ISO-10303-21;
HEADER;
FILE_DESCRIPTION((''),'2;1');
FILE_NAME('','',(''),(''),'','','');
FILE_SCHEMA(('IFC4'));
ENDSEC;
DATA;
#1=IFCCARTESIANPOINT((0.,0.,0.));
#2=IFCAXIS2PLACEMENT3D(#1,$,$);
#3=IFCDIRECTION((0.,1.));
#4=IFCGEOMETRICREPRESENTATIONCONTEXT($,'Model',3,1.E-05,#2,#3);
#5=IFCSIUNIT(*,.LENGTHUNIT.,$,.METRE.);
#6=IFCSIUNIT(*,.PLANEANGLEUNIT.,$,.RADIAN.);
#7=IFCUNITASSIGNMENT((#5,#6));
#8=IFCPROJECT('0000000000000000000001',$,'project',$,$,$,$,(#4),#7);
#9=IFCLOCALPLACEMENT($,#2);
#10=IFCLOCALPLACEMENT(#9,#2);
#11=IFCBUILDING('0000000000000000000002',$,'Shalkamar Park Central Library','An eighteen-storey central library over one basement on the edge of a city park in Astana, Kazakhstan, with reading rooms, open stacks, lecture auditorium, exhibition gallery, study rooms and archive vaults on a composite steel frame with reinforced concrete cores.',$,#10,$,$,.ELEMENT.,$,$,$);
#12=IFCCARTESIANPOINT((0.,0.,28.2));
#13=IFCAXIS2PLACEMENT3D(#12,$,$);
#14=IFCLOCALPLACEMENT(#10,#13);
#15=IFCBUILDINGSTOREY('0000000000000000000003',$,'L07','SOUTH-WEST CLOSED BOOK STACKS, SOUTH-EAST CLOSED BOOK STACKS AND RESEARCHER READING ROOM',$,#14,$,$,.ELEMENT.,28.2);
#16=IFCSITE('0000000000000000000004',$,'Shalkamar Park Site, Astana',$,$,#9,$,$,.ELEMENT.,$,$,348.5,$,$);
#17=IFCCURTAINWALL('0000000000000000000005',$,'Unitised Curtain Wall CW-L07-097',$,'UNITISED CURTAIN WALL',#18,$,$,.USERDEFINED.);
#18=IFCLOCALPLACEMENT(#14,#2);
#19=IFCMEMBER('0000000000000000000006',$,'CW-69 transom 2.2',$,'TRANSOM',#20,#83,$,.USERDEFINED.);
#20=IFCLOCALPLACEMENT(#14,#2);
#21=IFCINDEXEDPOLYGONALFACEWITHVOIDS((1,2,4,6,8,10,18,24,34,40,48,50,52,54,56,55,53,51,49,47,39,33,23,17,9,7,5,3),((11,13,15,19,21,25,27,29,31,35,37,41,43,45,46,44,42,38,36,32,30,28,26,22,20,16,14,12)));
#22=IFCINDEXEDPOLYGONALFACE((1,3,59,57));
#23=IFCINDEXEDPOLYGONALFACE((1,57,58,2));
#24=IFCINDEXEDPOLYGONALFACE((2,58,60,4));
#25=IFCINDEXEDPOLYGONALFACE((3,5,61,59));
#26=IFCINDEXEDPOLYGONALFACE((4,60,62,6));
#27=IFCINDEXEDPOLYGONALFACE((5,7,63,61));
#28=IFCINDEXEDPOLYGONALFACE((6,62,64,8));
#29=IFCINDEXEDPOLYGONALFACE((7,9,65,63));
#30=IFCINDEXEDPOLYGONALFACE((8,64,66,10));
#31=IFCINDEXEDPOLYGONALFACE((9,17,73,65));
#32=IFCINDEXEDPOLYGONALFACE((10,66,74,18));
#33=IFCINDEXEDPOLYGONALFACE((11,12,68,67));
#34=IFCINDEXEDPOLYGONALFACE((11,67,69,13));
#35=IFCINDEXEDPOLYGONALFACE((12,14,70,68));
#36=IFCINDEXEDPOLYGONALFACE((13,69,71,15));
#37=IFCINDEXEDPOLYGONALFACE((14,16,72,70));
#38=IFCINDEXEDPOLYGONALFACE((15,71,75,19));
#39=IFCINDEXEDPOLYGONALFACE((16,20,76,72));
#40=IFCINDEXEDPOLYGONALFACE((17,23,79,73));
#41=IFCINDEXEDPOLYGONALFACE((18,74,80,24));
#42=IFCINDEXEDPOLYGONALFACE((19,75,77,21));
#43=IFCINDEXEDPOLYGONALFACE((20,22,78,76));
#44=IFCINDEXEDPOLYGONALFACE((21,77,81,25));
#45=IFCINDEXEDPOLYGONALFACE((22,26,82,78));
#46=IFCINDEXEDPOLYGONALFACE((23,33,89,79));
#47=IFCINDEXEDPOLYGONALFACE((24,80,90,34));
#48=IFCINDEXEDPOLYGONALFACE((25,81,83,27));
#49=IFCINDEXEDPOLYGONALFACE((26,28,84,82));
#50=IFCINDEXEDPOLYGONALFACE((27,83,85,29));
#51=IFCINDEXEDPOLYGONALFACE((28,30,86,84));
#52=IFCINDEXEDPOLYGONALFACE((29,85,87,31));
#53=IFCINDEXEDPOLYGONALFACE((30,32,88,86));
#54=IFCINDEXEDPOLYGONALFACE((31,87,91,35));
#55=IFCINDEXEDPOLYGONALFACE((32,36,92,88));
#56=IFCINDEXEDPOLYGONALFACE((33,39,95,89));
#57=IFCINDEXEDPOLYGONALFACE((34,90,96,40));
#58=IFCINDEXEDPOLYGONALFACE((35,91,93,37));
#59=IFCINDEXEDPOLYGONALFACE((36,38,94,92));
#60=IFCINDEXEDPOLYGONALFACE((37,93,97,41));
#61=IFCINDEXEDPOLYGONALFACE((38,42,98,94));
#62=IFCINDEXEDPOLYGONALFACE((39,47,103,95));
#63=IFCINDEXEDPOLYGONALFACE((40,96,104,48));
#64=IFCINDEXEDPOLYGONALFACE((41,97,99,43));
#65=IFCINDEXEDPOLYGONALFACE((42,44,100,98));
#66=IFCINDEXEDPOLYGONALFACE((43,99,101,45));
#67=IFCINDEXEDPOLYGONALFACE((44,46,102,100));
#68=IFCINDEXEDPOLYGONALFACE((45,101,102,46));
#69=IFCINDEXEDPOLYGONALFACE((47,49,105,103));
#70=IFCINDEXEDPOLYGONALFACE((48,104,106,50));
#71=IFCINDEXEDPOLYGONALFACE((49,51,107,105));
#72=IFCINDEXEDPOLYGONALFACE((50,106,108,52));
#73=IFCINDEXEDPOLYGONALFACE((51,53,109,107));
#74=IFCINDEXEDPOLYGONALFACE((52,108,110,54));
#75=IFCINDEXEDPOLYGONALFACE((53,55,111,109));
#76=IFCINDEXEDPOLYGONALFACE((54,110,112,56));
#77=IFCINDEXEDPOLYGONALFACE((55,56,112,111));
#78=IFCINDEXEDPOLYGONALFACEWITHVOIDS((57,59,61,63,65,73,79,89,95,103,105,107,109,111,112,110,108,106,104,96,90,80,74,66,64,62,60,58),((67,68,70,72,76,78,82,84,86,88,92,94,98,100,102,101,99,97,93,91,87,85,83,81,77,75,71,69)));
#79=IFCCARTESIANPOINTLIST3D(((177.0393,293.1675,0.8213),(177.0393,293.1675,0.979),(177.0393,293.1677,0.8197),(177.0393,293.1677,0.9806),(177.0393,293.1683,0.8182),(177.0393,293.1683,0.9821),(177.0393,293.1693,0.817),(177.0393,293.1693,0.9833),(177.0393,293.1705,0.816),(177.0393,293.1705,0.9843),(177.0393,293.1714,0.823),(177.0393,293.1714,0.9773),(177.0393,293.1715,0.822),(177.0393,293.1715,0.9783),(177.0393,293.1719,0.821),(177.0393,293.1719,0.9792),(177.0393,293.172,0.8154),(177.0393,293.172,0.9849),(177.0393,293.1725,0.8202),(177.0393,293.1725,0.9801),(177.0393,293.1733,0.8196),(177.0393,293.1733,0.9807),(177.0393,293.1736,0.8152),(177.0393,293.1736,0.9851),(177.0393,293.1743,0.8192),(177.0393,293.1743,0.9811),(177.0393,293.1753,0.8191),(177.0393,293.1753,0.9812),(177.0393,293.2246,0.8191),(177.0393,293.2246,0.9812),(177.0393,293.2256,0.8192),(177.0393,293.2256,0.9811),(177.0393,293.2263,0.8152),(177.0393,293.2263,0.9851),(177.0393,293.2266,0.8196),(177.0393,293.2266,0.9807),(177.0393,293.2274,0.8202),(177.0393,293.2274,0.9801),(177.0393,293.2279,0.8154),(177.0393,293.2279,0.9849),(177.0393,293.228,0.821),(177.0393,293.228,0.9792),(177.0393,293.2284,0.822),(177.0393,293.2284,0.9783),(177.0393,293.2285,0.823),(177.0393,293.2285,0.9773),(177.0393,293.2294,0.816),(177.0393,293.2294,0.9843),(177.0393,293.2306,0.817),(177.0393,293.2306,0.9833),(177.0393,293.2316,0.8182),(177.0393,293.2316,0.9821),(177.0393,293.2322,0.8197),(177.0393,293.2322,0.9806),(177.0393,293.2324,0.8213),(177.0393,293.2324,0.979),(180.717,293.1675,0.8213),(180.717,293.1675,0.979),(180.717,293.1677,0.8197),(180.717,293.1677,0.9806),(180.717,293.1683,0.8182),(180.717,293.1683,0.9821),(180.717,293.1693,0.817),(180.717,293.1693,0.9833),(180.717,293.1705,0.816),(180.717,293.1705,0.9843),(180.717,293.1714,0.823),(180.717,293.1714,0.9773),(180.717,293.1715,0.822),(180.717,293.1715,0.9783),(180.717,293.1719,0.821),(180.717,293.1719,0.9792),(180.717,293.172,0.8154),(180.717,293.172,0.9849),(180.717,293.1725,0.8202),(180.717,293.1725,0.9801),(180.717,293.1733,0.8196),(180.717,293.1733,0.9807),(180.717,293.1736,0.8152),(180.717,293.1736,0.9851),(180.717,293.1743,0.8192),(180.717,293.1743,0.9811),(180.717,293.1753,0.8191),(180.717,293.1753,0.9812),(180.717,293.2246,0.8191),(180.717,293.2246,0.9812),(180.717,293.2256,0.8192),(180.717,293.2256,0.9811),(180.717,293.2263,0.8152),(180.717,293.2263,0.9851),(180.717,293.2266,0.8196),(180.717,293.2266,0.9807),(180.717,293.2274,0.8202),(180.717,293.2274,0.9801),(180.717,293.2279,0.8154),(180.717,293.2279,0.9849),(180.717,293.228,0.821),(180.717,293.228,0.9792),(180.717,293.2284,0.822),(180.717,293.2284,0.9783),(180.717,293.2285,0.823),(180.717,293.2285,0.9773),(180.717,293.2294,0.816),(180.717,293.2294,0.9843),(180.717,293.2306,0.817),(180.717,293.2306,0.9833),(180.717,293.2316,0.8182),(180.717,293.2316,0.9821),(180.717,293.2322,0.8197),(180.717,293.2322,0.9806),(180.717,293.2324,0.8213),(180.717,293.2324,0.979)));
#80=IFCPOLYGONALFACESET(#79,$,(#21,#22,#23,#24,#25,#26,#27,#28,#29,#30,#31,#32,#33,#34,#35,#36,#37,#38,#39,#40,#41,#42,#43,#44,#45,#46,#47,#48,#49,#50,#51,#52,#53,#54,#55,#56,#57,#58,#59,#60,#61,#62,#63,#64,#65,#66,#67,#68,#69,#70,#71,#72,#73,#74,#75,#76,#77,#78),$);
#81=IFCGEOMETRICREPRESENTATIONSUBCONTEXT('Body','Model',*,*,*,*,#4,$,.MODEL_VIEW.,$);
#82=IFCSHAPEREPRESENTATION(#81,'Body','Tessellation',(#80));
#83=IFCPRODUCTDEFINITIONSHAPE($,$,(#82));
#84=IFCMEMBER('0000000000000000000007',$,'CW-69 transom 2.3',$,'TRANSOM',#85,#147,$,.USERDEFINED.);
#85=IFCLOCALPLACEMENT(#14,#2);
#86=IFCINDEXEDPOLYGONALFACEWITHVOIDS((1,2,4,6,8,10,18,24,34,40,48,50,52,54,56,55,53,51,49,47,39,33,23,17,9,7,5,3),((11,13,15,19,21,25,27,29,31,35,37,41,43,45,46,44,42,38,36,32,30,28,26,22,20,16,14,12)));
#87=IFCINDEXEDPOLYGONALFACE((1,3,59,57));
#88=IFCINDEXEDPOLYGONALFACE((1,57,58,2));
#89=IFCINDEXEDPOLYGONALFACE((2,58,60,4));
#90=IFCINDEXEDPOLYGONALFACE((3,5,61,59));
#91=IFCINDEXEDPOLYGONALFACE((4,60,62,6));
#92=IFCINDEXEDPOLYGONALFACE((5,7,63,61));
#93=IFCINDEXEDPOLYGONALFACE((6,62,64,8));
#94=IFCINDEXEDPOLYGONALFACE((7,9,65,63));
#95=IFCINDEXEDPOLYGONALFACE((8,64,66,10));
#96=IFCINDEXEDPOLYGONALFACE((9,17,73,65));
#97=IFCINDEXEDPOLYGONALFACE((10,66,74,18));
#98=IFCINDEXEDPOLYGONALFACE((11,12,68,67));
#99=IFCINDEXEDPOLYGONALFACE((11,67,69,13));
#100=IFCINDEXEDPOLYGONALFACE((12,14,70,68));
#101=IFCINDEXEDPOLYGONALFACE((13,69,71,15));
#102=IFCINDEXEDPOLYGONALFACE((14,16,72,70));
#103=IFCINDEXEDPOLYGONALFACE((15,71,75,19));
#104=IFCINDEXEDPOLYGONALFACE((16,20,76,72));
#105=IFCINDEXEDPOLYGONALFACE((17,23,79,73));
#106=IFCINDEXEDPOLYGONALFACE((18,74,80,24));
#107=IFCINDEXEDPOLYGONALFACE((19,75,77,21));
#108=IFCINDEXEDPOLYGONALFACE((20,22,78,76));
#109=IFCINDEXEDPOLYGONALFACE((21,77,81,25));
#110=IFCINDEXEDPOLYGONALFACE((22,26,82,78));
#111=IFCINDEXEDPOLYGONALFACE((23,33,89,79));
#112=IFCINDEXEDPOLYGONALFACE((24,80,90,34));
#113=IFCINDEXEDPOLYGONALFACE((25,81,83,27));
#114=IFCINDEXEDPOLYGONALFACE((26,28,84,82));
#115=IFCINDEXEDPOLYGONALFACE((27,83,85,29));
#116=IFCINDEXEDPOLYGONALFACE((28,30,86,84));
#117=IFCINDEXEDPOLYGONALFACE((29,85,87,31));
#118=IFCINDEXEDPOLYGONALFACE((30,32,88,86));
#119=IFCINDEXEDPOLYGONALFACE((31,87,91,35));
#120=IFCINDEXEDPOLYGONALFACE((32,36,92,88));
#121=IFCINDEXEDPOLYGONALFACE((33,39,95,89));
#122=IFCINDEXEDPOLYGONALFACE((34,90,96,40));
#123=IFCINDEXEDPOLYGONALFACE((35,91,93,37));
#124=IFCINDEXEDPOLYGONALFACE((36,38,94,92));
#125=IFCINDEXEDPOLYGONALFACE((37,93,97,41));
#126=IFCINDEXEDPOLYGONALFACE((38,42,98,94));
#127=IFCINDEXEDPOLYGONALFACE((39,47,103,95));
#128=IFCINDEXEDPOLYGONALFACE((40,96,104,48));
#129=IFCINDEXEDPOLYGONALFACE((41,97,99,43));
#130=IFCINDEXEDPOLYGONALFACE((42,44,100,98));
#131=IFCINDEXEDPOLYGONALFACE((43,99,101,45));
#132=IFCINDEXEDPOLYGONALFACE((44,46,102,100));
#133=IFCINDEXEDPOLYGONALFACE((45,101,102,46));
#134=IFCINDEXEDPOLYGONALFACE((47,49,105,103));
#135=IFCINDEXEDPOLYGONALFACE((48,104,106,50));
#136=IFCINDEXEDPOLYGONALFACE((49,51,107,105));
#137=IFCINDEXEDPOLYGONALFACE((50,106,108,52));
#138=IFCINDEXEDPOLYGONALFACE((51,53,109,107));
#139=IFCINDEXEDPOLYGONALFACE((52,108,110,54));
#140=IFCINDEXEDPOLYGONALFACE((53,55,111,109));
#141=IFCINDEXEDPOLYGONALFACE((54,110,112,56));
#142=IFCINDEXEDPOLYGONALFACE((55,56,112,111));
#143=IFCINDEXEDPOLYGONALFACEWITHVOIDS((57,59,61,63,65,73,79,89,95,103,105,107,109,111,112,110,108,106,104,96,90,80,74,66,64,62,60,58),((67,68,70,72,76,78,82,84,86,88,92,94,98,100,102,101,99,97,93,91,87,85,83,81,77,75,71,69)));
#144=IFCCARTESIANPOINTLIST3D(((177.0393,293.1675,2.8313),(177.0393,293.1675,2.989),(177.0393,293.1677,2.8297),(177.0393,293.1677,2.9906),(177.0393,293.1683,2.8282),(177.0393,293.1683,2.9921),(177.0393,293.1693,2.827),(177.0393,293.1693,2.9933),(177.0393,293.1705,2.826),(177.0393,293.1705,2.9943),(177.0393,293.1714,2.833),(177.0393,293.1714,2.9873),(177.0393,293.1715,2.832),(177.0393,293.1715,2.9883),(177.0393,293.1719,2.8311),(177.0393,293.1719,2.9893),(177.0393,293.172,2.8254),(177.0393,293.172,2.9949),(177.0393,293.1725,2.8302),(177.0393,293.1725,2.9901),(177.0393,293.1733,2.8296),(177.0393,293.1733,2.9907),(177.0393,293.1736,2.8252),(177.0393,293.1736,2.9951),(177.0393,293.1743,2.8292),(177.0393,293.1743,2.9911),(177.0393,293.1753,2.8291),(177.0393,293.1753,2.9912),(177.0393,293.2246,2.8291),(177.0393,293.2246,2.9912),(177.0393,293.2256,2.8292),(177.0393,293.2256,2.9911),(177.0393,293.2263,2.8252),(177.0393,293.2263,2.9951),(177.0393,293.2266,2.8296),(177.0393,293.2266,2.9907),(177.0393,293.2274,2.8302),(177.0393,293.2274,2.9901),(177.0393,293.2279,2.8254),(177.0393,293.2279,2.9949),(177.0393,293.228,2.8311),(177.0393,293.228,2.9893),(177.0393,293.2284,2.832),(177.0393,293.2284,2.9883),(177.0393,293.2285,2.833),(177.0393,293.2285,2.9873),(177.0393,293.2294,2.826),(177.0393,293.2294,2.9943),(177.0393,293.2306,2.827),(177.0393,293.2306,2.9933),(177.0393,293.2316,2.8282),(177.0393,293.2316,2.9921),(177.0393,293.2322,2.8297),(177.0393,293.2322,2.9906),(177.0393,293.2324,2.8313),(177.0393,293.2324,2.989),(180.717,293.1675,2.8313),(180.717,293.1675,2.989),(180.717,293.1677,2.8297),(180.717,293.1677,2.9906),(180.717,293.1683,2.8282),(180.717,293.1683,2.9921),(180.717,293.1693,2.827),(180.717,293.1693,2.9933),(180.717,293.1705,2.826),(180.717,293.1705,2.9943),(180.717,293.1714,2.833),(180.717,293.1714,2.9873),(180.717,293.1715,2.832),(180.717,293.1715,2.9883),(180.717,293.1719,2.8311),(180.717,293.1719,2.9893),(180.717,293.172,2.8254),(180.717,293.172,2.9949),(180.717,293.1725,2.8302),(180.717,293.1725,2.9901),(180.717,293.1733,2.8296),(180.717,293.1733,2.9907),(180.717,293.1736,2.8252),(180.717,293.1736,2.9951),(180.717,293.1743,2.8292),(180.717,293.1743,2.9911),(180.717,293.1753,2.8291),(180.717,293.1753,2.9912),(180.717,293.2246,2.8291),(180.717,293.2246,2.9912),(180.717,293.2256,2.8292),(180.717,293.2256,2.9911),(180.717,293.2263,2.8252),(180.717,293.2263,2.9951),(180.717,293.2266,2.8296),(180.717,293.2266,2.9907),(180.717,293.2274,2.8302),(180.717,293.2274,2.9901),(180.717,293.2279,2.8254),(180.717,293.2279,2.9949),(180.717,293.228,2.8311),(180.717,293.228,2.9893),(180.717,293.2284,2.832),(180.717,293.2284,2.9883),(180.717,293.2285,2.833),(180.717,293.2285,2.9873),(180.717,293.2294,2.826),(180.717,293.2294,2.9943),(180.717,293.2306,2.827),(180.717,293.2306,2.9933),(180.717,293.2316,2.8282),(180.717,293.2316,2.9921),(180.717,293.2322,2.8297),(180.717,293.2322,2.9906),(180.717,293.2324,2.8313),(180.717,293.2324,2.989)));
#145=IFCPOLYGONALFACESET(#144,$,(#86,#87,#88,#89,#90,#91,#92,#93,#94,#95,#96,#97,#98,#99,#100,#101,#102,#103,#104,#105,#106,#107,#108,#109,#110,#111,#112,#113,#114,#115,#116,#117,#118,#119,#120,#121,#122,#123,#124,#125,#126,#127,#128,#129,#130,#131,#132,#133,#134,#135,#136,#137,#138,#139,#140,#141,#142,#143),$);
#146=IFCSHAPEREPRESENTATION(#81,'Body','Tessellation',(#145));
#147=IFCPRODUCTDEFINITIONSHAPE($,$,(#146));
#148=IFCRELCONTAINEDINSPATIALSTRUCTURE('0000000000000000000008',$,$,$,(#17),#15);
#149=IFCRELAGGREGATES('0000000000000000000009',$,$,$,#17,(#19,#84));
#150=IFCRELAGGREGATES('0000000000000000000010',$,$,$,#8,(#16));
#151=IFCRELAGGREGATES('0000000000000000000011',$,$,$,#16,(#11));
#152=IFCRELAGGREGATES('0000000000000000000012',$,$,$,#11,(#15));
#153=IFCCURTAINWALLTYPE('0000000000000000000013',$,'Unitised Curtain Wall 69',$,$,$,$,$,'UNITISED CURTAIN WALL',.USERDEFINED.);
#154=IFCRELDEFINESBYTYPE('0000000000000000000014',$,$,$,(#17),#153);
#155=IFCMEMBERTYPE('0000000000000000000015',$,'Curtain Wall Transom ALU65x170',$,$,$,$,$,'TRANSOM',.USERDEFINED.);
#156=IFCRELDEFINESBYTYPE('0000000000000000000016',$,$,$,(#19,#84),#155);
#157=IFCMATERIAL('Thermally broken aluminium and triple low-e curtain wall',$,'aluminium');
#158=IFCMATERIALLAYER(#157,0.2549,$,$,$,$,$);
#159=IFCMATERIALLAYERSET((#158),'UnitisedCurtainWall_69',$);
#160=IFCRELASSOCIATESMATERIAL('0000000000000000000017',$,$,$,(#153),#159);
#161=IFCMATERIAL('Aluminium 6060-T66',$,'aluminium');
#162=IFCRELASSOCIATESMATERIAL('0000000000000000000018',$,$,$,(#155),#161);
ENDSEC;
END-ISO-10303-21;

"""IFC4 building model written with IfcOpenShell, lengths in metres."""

from ifc_helpers import new_model, si_unit, direction, frame, origin, origin_2d, place, context, subcontext, project, spatial, hollow_rectangle, extrude, material, layer, layer_set, material_profile, profile_set, type_object, element, aggregate, save


model = new_model("IFC4")

# Units and contexts
model_context = context("Model", 3, precision=1e-05, world=origin(), true_north=direction((0.0, 1.0)))
body_context = subcontext(model_context, "Body", "Model", "MODEL_VIEW")
ifc_project = project(units=[si_unit("LENGTHUNIT", "METRE"), si_unit("PLANEANGLEUNIT", "RADIAN")], contexts=[model_context])

# Site, building, storey
site_placement = place(None, origin())
site = spatial("IfcSite", under=ifc_project, at=site_placement, Name="Shalkamar Park Site, Astana", CompositionType="ELEMENT", RefElevation=348.5)
building_placement = place(site_placement, origin())
building = spatial("IfcBuilding", under=site, at=building_placement, Name="Shalkamar Park Central Library", Description="An eighteen-storey central library over one basement on the edge of a city park in Astana, Kazakhstan, with reading rooms, open stacks, lecture auditorium, exhibition gallery, study rooms and archive vaults on a composite steel frame with reinforced concrete cores.", CompositionType="ELEMENT")
storey_placement = place(building_placement, frame((0.0, 0.0, 28.2)))
storey = spatial("IfcBuildingStorey", under=building, at=storey_placement, Name="L07", Description="SOUTH-WEST CLOSED BOOK STACKS, SOUTH-EAST CLOSED BOOK STACKS AND RESEARCHER READING ROOM", CompositionType="ELEMENT", Elevation=28.2)

# Curtain wall
ifc_material_1 = material(Name="Thermally broken aluminium and triple low-e curtain wall", Category="aluminium")
ifc_layer_1 = layer(ifc_material_1, 0.2549)
ifc_layer_set_1 = layer_set([ifc_layer_1], Name="UnitisedCurtainWall_69")
curtain_wall_type_1 = type_object("IfcCurtainWallType", Name="Unitised Curtain Wall 69", ElementType="UNITISED CURTAIN WALL", PredefinedType="USERDEFINED", material=ifc_layer_set_1)
curtain_wall_1_placement = place(storey_placement, origin())
curtain_wall_1 = element("IfcCurtainWall", 1, at=curtain_wall_1_placement, inside=storey, type_object=curtain_wall_type_1, Name="Unitised Curtain Wall CW-L07-097", ObjectType="UNITISED CURTAIN WALL", PredefinedType="USERDEFINED")
ifc_material_2 = material(Name="Aluminium 6060-T66", Category="aluminium")

# Members
ifc_material_profile_1 = material_profile(ifc_material_2, hollow_rectangle(XDim=0.0649, YDim=0.1699, WallThickness=0.0039, InnerFilletRadius=0.0039, OuterFilletRadius=0.0061, at=origin_2d()), Name="ALU 65x170x4")
ifc_profile_set_1 = profile_set([ifc_material_profile_1], Name="Aluminium 6060-T66")
member_type_1 = type_object("IfcMemberType", Name="Curtain Wall Transom ALU65x170", ElementType="TRANSOM", PredefinedType="USERDEFINED", material=ifc_profile_set_1)
member_1_placement = place(storey_placement, frame((177.0393, 293.2, 0.9001), z_axis=(1.0, 0.0, 0.0), x_axis=(0.0, 1.0, 0.0)))
member_1 = element("IfcMember", 2, at=member_1_placement, type_object=member_type_1, Name="CW-69 transom 2.2", ObjectType="TRANSOM", PredefinedType="USERDEFINED", context=body_context, shape_type="SweptSolid", body=[
    extrude(hollow_rectangle(XDim=0.0649, YDim=0.1699, WallThickness=0.0039, InnerFilletRadius=0.0039, OuterFilletRadius=0.0061, at=origin_2d()), origin(), (0.0, 0.0, 1.0), 3.6777),
])
member_2_placement = place(storey_placement, frame((177.0393, 293.2, 2.9102), z_axis=(1.0, 0.0, 0.0), x_axis=(0.0, 1.0, 0.0)))
member_2 = element("IfcMember", 3, at=member_2_placement, type_object=member_type_1, Name="CW-69 transom 2.3", ObjectType="TRANSOM", PredefinedType="USERDEFINED", context=body_context, shape_type="SweptSolid", body=[
    extrude(hollow_rectangle(XDim=0.0649, YDim=0.1699, WallThickness=0.0039, InnerFilletRadius=0.0039, OuterFilletRadius=0.0061, at=origin_2d()), origin(), (0.0, 0.0, 1.0), 3.6777),
])

aggregate(curtain_wall_1, [member_1, member_2])

save(model, "model.ifc")
